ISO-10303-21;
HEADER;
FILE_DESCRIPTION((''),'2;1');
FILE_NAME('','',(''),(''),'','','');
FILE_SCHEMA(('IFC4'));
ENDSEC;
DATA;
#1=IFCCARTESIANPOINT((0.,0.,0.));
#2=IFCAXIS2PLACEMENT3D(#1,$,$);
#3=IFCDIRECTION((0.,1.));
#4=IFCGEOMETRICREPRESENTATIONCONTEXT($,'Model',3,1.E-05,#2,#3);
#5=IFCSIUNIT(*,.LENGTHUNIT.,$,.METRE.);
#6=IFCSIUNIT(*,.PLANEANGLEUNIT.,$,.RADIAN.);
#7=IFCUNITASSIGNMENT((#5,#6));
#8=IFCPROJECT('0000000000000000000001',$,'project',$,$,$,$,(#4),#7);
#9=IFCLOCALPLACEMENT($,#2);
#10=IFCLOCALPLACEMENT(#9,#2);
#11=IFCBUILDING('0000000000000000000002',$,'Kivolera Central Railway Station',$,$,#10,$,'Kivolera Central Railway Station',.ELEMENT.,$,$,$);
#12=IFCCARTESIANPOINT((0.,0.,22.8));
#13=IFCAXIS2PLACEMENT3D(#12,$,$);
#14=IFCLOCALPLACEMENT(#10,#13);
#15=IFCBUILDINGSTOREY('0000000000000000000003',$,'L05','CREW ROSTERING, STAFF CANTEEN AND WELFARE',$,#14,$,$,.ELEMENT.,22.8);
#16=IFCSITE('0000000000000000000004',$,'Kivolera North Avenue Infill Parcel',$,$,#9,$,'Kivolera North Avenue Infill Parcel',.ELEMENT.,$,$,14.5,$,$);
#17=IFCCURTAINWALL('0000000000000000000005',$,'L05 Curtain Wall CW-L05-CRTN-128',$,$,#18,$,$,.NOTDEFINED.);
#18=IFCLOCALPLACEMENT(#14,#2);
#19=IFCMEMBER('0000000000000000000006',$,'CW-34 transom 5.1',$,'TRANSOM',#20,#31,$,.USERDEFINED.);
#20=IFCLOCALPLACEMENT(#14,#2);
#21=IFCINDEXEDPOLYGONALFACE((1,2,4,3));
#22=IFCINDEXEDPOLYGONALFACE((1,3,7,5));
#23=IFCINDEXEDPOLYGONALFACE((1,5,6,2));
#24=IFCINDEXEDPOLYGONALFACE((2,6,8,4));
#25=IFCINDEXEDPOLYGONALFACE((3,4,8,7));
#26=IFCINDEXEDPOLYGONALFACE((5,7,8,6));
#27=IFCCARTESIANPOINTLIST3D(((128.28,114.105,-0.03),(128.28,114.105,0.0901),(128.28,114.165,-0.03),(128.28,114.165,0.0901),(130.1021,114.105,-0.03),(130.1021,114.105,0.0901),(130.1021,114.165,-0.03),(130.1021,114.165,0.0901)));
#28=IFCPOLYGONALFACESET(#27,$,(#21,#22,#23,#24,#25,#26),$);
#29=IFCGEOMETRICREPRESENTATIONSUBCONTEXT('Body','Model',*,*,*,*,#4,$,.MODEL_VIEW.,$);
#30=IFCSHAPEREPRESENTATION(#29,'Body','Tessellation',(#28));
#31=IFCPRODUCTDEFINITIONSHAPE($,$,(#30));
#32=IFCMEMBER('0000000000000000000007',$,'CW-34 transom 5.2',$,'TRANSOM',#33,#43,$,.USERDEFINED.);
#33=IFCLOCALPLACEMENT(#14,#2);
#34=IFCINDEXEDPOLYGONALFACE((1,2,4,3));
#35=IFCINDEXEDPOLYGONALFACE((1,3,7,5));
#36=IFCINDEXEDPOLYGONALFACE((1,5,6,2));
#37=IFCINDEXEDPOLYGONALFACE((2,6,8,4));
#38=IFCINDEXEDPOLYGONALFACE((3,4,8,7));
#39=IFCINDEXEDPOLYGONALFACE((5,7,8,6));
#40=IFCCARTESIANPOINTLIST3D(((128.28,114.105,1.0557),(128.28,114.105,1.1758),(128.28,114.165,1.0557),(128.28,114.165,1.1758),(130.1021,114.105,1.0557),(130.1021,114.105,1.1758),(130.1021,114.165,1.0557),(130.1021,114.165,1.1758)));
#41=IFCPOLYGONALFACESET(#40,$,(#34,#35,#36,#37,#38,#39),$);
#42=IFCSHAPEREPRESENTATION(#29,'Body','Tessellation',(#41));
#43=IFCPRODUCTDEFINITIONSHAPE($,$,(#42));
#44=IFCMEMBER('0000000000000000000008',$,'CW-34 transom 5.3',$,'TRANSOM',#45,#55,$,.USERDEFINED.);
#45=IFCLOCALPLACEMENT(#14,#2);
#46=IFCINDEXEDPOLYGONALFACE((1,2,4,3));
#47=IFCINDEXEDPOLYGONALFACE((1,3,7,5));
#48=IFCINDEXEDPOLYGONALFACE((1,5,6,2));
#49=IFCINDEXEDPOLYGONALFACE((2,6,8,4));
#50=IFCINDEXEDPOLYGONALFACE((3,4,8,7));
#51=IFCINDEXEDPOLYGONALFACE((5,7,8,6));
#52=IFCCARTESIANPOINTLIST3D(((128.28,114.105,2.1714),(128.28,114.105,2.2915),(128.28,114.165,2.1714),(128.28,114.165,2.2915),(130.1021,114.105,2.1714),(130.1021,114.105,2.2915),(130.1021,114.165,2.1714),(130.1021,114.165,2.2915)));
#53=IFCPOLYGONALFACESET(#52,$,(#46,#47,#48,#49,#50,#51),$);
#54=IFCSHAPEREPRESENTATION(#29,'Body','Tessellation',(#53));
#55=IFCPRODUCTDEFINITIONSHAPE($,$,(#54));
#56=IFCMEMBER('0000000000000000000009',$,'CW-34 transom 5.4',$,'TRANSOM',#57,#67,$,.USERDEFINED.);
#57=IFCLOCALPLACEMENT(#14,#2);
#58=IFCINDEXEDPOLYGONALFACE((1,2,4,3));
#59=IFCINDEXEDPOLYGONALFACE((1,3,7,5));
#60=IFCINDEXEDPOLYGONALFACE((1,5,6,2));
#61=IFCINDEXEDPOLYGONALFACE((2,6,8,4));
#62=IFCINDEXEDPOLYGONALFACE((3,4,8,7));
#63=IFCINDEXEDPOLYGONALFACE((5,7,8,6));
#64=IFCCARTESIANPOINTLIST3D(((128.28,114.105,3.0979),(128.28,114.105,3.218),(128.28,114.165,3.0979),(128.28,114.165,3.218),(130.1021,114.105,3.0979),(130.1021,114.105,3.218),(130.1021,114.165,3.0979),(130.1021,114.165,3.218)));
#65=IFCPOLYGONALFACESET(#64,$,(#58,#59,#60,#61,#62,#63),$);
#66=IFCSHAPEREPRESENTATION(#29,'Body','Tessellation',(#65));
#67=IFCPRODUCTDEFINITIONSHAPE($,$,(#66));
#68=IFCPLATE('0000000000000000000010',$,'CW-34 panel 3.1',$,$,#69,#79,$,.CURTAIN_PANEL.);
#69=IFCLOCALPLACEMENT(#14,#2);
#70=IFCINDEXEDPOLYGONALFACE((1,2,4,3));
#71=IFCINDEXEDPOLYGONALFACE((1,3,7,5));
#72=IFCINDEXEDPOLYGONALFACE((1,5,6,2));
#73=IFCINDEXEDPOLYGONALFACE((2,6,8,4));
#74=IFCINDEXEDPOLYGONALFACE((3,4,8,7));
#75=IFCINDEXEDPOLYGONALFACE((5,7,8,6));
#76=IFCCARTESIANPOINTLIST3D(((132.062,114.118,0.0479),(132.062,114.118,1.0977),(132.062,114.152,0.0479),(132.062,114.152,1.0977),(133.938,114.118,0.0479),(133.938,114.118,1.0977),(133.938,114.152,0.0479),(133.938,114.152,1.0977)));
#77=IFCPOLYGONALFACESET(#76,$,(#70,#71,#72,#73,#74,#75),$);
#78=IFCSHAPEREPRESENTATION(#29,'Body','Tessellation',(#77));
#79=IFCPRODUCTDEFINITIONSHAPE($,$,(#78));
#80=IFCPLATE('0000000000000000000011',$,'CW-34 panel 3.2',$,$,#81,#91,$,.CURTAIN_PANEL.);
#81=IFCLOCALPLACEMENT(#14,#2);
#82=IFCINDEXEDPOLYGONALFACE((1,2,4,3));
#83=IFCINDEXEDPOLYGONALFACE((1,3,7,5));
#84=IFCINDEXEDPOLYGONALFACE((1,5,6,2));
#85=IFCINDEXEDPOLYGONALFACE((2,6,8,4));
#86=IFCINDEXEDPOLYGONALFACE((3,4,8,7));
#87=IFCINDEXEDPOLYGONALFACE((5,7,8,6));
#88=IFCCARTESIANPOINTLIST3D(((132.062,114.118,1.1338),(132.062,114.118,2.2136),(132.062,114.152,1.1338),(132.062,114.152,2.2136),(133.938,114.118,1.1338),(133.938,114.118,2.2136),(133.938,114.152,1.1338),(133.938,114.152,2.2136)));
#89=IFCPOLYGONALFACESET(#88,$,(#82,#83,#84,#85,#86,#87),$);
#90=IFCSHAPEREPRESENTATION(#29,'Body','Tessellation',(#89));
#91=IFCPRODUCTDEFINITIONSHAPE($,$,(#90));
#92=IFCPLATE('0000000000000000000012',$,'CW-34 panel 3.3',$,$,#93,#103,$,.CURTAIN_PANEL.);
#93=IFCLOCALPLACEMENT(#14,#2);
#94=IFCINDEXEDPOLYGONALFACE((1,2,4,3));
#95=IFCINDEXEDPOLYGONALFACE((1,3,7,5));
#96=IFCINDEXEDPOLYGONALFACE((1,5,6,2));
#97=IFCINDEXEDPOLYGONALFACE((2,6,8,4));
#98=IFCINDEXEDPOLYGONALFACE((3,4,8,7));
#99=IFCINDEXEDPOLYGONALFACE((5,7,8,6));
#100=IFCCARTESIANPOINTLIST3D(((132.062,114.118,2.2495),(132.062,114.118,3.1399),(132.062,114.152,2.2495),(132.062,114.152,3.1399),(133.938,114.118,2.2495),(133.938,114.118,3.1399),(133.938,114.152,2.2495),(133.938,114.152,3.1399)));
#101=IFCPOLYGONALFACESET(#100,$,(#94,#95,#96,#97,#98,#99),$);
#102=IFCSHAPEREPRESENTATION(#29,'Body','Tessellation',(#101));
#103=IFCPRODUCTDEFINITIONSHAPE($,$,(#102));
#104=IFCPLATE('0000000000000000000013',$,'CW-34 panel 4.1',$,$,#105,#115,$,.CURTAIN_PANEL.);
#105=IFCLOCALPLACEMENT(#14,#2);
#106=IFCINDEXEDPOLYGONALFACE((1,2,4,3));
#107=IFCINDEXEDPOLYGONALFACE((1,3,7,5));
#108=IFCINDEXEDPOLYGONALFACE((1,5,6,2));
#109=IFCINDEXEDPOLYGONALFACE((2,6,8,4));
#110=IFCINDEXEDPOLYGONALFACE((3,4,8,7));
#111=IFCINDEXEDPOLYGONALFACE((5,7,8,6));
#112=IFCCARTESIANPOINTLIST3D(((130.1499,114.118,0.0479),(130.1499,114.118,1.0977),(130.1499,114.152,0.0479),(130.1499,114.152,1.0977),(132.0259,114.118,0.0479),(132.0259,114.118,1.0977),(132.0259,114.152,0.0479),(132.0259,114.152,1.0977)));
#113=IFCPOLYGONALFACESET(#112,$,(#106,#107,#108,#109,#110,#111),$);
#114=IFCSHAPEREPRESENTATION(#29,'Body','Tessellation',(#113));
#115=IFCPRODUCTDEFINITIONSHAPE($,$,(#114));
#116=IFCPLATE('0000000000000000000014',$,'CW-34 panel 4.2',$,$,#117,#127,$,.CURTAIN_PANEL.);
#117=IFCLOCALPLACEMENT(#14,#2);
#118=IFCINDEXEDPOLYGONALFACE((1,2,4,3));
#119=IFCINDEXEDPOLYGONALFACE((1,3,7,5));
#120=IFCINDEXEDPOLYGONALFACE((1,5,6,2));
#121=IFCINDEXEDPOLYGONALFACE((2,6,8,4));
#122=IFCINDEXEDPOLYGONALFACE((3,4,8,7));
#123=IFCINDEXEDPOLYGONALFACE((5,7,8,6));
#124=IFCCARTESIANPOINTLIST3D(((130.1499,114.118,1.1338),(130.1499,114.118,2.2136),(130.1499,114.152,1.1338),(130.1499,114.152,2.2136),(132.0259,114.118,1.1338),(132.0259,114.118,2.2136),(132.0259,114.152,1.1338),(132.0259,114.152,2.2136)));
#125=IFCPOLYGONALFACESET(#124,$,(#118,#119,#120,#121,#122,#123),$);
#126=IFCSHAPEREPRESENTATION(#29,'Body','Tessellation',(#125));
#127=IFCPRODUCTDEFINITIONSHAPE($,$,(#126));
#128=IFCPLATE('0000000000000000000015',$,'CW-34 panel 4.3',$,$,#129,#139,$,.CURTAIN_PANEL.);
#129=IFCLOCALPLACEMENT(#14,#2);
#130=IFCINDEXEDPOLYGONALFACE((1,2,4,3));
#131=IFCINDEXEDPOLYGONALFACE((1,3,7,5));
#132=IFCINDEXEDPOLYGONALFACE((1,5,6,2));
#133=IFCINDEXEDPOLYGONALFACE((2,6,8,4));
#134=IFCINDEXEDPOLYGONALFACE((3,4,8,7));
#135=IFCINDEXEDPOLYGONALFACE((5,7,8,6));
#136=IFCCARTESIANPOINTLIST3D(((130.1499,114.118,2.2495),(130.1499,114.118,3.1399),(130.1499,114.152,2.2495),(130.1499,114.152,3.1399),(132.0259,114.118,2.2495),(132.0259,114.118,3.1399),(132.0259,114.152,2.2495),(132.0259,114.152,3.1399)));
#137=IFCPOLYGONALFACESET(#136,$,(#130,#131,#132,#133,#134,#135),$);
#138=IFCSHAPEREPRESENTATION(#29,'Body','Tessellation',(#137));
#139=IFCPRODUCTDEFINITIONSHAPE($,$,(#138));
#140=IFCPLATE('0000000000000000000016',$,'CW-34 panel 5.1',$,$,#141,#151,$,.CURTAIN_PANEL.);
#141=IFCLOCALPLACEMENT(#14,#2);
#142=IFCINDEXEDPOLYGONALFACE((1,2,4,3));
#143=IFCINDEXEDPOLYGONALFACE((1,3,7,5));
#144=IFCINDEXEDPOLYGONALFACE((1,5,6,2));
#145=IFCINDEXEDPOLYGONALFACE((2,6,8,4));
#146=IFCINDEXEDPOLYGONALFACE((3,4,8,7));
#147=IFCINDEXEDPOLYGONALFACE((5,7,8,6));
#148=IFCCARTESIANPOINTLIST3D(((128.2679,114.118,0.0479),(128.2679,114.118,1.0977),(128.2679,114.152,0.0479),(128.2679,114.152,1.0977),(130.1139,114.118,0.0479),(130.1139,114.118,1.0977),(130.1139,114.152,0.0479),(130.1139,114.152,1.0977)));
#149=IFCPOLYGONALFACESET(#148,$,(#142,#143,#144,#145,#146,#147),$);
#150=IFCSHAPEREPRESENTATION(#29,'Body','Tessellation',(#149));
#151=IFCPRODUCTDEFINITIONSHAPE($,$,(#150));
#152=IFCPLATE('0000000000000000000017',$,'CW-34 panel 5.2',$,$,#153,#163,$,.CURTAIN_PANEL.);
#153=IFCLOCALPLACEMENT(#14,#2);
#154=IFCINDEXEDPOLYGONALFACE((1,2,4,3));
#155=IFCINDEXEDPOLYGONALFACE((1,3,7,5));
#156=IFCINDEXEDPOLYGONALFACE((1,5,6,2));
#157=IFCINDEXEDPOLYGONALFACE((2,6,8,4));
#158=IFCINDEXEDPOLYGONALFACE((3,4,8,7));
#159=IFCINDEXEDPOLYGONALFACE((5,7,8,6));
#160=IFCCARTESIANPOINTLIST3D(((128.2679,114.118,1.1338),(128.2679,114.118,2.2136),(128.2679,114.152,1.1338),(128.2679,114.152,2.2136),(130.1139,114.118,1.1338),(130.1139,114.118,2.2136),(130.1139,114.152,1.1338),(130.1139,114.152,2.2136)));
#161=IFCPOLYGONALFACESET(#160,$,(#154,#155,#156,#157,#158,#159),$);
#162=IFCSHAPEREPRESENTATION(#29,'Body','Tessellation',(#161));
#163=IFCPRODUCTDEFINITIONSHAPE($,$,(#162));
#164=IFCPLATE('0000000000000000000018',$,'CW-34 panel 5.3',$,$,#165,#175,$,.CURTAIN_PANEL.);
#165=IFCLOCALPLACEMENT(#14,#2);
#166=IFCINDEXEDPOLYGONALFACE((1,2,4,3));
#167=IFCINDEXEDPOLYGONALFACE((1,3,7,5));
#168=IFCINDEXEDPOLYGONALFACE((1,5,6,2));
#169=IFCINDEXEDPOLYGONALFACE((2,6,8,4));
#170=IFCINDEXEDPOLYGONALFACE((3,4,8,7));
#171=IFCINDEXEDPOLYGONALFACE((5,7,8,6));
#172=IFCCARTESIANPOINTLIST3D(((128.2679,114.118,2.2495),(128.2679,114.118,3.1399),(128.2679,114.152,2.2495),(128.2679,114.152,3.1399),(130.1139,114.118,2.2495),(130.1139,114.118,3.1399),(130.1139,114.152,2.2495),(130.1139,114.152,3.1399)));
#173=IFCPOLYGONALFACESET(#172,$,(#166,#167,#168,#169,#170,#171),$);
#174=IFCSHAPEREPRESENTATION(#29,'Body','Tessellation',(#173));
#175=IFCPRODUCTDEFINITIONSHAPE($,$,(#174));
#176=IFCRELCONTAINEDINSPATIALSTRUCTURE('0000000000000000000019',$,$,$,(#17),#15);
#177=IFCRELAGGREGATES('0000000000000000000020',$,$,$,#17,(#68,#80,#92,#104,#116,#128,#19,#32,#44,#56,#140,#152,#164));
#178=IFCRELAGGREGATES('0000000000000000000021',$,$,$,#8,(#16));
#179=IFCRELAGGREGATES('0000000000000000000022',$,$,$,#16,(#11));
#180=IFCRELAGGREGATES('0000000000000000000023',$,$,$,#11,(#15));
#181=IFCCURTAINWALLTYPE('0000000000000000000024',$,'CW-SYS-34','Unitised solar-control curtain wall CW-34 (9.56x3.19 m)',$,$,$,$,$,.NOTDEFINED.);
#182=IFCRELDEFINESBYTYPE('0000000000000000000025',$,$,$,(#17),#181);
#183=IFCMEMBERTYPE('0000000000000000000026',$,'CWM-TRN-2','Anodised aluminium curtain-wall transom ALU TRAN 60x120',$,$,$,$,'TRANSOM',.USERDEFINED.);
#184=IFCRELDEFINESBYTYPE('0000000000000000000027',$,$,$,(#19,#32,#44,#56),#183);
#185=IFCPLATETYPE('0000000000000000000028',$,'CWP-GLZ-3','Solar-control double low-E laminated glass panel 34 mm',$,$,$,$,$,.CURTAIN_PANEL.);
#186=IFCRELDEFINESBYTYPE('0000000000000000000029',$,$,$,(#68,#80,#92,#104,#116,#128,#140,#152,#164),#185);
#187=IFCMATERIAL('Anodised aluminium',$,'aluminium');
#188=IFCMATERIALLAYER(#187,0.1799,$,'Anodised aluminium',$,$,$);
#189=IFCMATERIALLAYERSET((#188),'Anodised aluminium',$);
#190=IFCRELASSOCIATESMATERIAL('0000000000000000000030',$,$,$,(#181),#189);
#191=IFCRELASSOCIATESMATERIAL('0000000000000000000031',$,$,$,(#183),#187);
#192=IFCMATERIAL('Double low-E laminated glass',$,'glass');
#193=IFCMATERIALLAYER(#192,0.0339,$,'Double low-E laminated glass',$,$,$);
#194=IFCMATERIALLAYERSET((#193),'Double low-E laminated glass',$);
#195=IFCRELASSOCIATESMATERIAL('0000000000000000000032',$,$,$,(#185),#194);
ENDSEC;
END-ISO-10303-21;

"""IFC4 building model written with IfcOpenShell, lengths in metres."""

from ifc_helpers import new_model, si_unit, direction, frame, origin, origin_2d, place, context, subcontext, project, spatial, rectangle, extrude, material, layer, layer_set, material_profile, profile_set, type_object, element, aggregate, save


model = new_model("IFC4")

# Units and contexts
model_context = context("Model", 3, precision=1e-05, world=origin(), true_north=direction((0.0, 1.0)))
body_context = subcontext(model_context, "Body", "Model", "MODEL_VIEW")
ifc_project = project(units=[si_unit("LENGTHUNIT", "METRE"), si_unit("PLANEANGLEUNIT", "RADIAN")], contexts=[model_context])

# Site, building, storey
site_placement = place(None, origin())
site = spatial("IfcSite", under=ifc_project, at=site_placement, Name="Kivolera North Avenue Infill Parcel", LongName="Kivolera North Avenue Infill Parcel", CompositionType="ELEMENT", RefElevation=14.5)
building_placement = place(site_placement, origin())
building = spatial("IfcBuilding", under=site, at=building_placement, Name="Kivolera Central Railway Station", LongName="Kivolera Central Railway Station", CompositionType="ELEMENT")
storey_placement = place(building_placement, frame((0.0, 0.0, 22.8)))
storey = spatial("IfcBuildingStorey", under=building, at=storey_placement, Name="L05", Description="CREW ROSTERING, STAFF CANTEEN AND WELFARE", CompositionType="ELEMENT", Elevation=22.8)

# Curtain wall, members, plates
ifc_material_1 = material(Name="Anodised aluminium", Category="aluminium")
ifc_layer_1 = layer(ifc_material_1, 0.1799, Name="Anodised aluminium")
ifc_layer_set_1 = layer_set([ifc_layer_1], Name="Anodised aluminium")
curtain_wall_type = type_object("IfcCurtainWallType", Name="CW-SYS-34", Description="Unitised solar-control curtain wall CW-34 (9.56x3.19 m)", PredefinedType="NOTDEFINED", material=ifc_layer_set_1)
curtain_wall_placement = place(storey_placement, origin())
curtain_wall = element("IfcCurtainWall", 1, at=curtain_wall_placement, inside=storey, type_object=curtain_wall_type, Name="L05 Curtain Wall CW-L05-CRTN-128", PredefinedType="NOTDEFINED")
ifc_material_profile_1 = material_profile(ifc_material_1, rectangle(XDim=0.0601, YDim=0.1201, at=origin_2d()), Name="ALU TRAN 60x120")
ifc_profile_set_1 = profile_set([ifc_material_profile_1], Name="Anodised aluminium")
member_type_1 = type_object("IfcMemberType", Name="CWM-TRN-2", Description="Anodised aluminium curtain-wall transom ALU TRAN 60x120", ElementType="TRANSOM", PredefinedType="USERDEFINED", material=ifc_profile_set_1)
member_1_placement = place(storey_placement, frame((130.1021, 114.135, 0.03), z_axis=(-1.0, 0.0, 0.0), x_axis=(0.0, -1.0, 0.0)))
member_1 = element("IfcMember", 2, at=member_1_placement, type_object=member_type_1, Name="CW-34 transom 5.1", ObjectType="TRANSOM", PredefinedType="USERDEFINED", context=body_context, shape_type="SweptSolid", body=[
    extrude(rectangle(XDim=0.0601, YDim=0.1201, at=origin_2d()), origin(), (0.0, 0.0, 1.0), 1.822),
])
member_2_placement = place(storey_placement, frame((130.1021, 114.135, 1.1157), z_axis=(-1.0, 0.0, 0.0), x_axis=(0.0, -1.0, 0.0)))
member_2 = element("IfcMember", 3, at=member_2_placement, type_object=member_type_1, Name="CW-34 transom 5.2", ObjectType="TRANSOM", PredefinedType="USERDEFINED", context=body_context, shape_type="SweptSolid", body=[
    extrude(rectangle(XDim=0.0601, YDim=0.1201, at=origin_2d()), origin(), (0.0, 0.0, 1.0), 1.822),
])
member_3_placement = place(storey_placement, frame((130.1021, 114.135, 2.2314), z_axis=(-1.0, 0.0, 0.0), x_axis=(0.0, -1.0, 0.0)))
member_3 = element("IfcMember", 4, at=member_3_placement, type_object=member_type_1, Name="CW-34 transom 5.3", ObjectType="TRANSOM", PredefinedType="USERDEFINED", context=body_context, shape_type="SweptSolid", body=[
    extrude(rectangle(XDim=0.0601, YDim=0.1201, at=origin_2d()), origin(), (0.0, 0.0, 1.0), 1.822),
])
member_4_placement = place(storey_placement, frame((130.1021, 114.135, 3.158), z_axis=(-1.0, 0.0, 0.0), x_axis=(0.0, -1.0, 0.0)))
member_4 = element("IfcMember", 5, at=member_4_placement, type_object=member_type_1, Name="CW-34 transom 5.4", ObjectType="TRANSOM", PredefinedType="USERDEFINED", context=body_context, shape_type="SweptSolid", body=[
    extrude(rectangle(XDim=0.0601, YDim=0.1201, at=origin_2d()), origin(), (0.0, 0.0, 1.0), 1.822),
])
ifc_material_2 = material(Name="Double low-E laminated glass", Category="glass")
ifc_layer_2 = layer(ifc_material_2, 0.0339, Name="Double low-E laminated glass")
ifc_layer_set_2 = layer_set([ifc_layer_2], Name="Double low-E laminated glass")
plate_type = type_object("IfcPlateType", Name="CWP-GLZ-3", Description="Solar-control double low-E laminated glass panel 34 mm", PredefinedType="CURTAIN_PANEL", material=ifc_layer_set_2)
plate_1_placement = place(storey_placement, frame((133.0, 114.135, 0.0479), z_axis=(0.0, 0.0, 1.0), x_axis=(-1.0, 0.0, 0.0)))
plate_1 = element("IfcPlate", 6, at=plate_1_placement, type_object=plate_type, Name="CW-34 panel 3.1", PredefinedType="CURTAIN_PANEL", context=body_context, shape_type="SweptSolid", body=[
    extrude(rectangle(XDim=1.876, YDim=0.0339, at=origin_2d()), origin(), (0.0, 0.0, 1.0), 1.0498),
])
plate_2_placement = place(storey_placement, frame((133.0, 114.135, 1.1338), z_axis=(0.0, 0.0, 1.0), x_axis=(-1.0, 0.0, 0.0)))
plate_2 = element("IfcPlate", 7, at=plate_2_placement, type_object=plate_type, Name="CW-34 panel 3.2", PredefinedType="CURTAIN_PANEL", context=body_context, shape_type="SweptSolid", body=[
    extrude(rectangle(XDim=1.876, YDim=0.0339, at=origin_2d()), origin(), (0.0, 0.0, 1.0), 1.0798),
])
plate_3_placement = place(storey_placement, frame((133.0, 114.135, 2.2495), z_axis=(0.0, 0.0, 1.0), x_axis=(-1.0, 0.0, 0.0)))
plate_3 = element("IfcPlate", 8, at=plate_3_placement, type_object=plate_type, Name="CW-34 panel 3.3", PredefinedType="CURTAIN_PANEL", context=body_context, shape_type="SweptSolid", body=[
    extrude(rectangle(XDim=1.876, YDim=0.0339, at=origin_2d()), origin(), (0.0, 0.0, 1.0), 0.8904),
])
plate_4_placement = place(storey_placement, frame((131.0879, 114.135, 0.0479), z_axis=(0.0, 0.0, 1.0), x_axis=(-1.0, 0.0, 0.0)))
plate_4 = element("IfcPlate", 9, at=plate_4_placement, type_object=plate_type, Name="CW-34 panel 4.1", PredefinedType="CURTAIN_PANEL", context=body_context, shape_type="SweptSolid", body=[
    extrude(rectangle(XDim=1.876, YDim=0.0339, at=origin_2d()), origin(), (0.0, 0.0, 1.0), 1.0498),
])
plate_5_placement = place(storey_placement, frame((131.0879, 114.135, 1.1338), z_axis=(0.0, 0.0, 1.0), x_axis=(-1.0, 0.0, 0.0)))
plate_5 = element("IfcPlate", 10, at=plate_5_placement, type_object=plate_type, Name="CW-34 panel 4.2", PredefinedType="CURTAIN_PANEL", context=body_context, shape_type="SweptSolid", body=[
    extrude(rectangle(XDim=1.876, YDim=0.0339, at=origin_2d()), origin(), (0.0, 0.0, 1.0), 1.0798),
])
plate_6_placement = place(storey_placement, frame((131.0879, 114.135, 2.2495), z_axis=(0.0, 0.0, 1.0), x_axis=(-1.0, 0.0, 0.0)))
plate_6 = element("IfcPlate", 11, at=plate_6_placement, type_object=plate_type, Name="CW-34 panel 4.3", PredefinedType="CURTAIN_PANEL", context=body_context, shape_type="SweptSolid", body=[
    extrude(rectangle(XDim=1.876, YDim=0.0339, at=origin_2d()), origin(), (0.0, 0.0, 1.0), 0.8904),
])
plate_7_placement = place(storey_placement, frame((129.1909, 114.135, 0.0479), z_axis=(0.0, 0.0, 1.0), x_axis=(-1.0, 0.0, 0.0)))
plate_7 = element("IfcPlate", 12, at=plate_7_placement, type_object=plate_type, Name="CW-34 panel 5.1", PredefinedType="CURTAIN_PANEL", context=body_context, shape_type="SweptSolid", body=[
    extrude(rectangle(XDim=1.8459, YDim=0.0339, at=origin_2d()), origin(), (0.0, 0.0, 1.0), 1.0498),
])
plate_8_placement = place(storey_placement, frame((129.1909, 114.135, 1.1338), z_axis=(0.0, 0.0, 1.0), x_axis=(-1.0, 0.0, 0.0)))
plate_8 = element("IfcPlate", 13, at=plate_8_placement, type_object=plate_type, Name="CW-34 panel 5.2", PredefinedType="CURTAIN_PANEL", context=body_context, shape_type="SweptSolid", body=[
    extrude(rectangle(XDim=1.8459, YDim=0.0339, at=origin_2d()), origin(), (0.0, 0.0, 1.0), 1.0798),
])
plate_9_placement = place(storey_placement, frame((129.1909, 114.135, 2.2495), z_axis=(0.0, 0.0, 1.0), x_axis=(-1.0, 0.0, 0.0)))
plate_9 = element("IfcPlate", 14, at=plate_9_placement, type_object=plate_type, Name="CW-34 panel 5.3", PredefinedType="CURTAIN_PANEL", context=body_context, shape_type="SweptSolid", body=[
    extrude(rectangle(XDim=1.8459, YDim=0.0339, at=origin_2d()), origin(), (0.0, 0.0, 1.0), 0.8904),
])
aggregate(curtain_wall, [plate_1, plate_2, plate_3, plate_4, plate_5, plate_6, member_1, member_2, member_3, member_4, plate_7, plate_8, plate_9])

save(model, "model.ifc")
